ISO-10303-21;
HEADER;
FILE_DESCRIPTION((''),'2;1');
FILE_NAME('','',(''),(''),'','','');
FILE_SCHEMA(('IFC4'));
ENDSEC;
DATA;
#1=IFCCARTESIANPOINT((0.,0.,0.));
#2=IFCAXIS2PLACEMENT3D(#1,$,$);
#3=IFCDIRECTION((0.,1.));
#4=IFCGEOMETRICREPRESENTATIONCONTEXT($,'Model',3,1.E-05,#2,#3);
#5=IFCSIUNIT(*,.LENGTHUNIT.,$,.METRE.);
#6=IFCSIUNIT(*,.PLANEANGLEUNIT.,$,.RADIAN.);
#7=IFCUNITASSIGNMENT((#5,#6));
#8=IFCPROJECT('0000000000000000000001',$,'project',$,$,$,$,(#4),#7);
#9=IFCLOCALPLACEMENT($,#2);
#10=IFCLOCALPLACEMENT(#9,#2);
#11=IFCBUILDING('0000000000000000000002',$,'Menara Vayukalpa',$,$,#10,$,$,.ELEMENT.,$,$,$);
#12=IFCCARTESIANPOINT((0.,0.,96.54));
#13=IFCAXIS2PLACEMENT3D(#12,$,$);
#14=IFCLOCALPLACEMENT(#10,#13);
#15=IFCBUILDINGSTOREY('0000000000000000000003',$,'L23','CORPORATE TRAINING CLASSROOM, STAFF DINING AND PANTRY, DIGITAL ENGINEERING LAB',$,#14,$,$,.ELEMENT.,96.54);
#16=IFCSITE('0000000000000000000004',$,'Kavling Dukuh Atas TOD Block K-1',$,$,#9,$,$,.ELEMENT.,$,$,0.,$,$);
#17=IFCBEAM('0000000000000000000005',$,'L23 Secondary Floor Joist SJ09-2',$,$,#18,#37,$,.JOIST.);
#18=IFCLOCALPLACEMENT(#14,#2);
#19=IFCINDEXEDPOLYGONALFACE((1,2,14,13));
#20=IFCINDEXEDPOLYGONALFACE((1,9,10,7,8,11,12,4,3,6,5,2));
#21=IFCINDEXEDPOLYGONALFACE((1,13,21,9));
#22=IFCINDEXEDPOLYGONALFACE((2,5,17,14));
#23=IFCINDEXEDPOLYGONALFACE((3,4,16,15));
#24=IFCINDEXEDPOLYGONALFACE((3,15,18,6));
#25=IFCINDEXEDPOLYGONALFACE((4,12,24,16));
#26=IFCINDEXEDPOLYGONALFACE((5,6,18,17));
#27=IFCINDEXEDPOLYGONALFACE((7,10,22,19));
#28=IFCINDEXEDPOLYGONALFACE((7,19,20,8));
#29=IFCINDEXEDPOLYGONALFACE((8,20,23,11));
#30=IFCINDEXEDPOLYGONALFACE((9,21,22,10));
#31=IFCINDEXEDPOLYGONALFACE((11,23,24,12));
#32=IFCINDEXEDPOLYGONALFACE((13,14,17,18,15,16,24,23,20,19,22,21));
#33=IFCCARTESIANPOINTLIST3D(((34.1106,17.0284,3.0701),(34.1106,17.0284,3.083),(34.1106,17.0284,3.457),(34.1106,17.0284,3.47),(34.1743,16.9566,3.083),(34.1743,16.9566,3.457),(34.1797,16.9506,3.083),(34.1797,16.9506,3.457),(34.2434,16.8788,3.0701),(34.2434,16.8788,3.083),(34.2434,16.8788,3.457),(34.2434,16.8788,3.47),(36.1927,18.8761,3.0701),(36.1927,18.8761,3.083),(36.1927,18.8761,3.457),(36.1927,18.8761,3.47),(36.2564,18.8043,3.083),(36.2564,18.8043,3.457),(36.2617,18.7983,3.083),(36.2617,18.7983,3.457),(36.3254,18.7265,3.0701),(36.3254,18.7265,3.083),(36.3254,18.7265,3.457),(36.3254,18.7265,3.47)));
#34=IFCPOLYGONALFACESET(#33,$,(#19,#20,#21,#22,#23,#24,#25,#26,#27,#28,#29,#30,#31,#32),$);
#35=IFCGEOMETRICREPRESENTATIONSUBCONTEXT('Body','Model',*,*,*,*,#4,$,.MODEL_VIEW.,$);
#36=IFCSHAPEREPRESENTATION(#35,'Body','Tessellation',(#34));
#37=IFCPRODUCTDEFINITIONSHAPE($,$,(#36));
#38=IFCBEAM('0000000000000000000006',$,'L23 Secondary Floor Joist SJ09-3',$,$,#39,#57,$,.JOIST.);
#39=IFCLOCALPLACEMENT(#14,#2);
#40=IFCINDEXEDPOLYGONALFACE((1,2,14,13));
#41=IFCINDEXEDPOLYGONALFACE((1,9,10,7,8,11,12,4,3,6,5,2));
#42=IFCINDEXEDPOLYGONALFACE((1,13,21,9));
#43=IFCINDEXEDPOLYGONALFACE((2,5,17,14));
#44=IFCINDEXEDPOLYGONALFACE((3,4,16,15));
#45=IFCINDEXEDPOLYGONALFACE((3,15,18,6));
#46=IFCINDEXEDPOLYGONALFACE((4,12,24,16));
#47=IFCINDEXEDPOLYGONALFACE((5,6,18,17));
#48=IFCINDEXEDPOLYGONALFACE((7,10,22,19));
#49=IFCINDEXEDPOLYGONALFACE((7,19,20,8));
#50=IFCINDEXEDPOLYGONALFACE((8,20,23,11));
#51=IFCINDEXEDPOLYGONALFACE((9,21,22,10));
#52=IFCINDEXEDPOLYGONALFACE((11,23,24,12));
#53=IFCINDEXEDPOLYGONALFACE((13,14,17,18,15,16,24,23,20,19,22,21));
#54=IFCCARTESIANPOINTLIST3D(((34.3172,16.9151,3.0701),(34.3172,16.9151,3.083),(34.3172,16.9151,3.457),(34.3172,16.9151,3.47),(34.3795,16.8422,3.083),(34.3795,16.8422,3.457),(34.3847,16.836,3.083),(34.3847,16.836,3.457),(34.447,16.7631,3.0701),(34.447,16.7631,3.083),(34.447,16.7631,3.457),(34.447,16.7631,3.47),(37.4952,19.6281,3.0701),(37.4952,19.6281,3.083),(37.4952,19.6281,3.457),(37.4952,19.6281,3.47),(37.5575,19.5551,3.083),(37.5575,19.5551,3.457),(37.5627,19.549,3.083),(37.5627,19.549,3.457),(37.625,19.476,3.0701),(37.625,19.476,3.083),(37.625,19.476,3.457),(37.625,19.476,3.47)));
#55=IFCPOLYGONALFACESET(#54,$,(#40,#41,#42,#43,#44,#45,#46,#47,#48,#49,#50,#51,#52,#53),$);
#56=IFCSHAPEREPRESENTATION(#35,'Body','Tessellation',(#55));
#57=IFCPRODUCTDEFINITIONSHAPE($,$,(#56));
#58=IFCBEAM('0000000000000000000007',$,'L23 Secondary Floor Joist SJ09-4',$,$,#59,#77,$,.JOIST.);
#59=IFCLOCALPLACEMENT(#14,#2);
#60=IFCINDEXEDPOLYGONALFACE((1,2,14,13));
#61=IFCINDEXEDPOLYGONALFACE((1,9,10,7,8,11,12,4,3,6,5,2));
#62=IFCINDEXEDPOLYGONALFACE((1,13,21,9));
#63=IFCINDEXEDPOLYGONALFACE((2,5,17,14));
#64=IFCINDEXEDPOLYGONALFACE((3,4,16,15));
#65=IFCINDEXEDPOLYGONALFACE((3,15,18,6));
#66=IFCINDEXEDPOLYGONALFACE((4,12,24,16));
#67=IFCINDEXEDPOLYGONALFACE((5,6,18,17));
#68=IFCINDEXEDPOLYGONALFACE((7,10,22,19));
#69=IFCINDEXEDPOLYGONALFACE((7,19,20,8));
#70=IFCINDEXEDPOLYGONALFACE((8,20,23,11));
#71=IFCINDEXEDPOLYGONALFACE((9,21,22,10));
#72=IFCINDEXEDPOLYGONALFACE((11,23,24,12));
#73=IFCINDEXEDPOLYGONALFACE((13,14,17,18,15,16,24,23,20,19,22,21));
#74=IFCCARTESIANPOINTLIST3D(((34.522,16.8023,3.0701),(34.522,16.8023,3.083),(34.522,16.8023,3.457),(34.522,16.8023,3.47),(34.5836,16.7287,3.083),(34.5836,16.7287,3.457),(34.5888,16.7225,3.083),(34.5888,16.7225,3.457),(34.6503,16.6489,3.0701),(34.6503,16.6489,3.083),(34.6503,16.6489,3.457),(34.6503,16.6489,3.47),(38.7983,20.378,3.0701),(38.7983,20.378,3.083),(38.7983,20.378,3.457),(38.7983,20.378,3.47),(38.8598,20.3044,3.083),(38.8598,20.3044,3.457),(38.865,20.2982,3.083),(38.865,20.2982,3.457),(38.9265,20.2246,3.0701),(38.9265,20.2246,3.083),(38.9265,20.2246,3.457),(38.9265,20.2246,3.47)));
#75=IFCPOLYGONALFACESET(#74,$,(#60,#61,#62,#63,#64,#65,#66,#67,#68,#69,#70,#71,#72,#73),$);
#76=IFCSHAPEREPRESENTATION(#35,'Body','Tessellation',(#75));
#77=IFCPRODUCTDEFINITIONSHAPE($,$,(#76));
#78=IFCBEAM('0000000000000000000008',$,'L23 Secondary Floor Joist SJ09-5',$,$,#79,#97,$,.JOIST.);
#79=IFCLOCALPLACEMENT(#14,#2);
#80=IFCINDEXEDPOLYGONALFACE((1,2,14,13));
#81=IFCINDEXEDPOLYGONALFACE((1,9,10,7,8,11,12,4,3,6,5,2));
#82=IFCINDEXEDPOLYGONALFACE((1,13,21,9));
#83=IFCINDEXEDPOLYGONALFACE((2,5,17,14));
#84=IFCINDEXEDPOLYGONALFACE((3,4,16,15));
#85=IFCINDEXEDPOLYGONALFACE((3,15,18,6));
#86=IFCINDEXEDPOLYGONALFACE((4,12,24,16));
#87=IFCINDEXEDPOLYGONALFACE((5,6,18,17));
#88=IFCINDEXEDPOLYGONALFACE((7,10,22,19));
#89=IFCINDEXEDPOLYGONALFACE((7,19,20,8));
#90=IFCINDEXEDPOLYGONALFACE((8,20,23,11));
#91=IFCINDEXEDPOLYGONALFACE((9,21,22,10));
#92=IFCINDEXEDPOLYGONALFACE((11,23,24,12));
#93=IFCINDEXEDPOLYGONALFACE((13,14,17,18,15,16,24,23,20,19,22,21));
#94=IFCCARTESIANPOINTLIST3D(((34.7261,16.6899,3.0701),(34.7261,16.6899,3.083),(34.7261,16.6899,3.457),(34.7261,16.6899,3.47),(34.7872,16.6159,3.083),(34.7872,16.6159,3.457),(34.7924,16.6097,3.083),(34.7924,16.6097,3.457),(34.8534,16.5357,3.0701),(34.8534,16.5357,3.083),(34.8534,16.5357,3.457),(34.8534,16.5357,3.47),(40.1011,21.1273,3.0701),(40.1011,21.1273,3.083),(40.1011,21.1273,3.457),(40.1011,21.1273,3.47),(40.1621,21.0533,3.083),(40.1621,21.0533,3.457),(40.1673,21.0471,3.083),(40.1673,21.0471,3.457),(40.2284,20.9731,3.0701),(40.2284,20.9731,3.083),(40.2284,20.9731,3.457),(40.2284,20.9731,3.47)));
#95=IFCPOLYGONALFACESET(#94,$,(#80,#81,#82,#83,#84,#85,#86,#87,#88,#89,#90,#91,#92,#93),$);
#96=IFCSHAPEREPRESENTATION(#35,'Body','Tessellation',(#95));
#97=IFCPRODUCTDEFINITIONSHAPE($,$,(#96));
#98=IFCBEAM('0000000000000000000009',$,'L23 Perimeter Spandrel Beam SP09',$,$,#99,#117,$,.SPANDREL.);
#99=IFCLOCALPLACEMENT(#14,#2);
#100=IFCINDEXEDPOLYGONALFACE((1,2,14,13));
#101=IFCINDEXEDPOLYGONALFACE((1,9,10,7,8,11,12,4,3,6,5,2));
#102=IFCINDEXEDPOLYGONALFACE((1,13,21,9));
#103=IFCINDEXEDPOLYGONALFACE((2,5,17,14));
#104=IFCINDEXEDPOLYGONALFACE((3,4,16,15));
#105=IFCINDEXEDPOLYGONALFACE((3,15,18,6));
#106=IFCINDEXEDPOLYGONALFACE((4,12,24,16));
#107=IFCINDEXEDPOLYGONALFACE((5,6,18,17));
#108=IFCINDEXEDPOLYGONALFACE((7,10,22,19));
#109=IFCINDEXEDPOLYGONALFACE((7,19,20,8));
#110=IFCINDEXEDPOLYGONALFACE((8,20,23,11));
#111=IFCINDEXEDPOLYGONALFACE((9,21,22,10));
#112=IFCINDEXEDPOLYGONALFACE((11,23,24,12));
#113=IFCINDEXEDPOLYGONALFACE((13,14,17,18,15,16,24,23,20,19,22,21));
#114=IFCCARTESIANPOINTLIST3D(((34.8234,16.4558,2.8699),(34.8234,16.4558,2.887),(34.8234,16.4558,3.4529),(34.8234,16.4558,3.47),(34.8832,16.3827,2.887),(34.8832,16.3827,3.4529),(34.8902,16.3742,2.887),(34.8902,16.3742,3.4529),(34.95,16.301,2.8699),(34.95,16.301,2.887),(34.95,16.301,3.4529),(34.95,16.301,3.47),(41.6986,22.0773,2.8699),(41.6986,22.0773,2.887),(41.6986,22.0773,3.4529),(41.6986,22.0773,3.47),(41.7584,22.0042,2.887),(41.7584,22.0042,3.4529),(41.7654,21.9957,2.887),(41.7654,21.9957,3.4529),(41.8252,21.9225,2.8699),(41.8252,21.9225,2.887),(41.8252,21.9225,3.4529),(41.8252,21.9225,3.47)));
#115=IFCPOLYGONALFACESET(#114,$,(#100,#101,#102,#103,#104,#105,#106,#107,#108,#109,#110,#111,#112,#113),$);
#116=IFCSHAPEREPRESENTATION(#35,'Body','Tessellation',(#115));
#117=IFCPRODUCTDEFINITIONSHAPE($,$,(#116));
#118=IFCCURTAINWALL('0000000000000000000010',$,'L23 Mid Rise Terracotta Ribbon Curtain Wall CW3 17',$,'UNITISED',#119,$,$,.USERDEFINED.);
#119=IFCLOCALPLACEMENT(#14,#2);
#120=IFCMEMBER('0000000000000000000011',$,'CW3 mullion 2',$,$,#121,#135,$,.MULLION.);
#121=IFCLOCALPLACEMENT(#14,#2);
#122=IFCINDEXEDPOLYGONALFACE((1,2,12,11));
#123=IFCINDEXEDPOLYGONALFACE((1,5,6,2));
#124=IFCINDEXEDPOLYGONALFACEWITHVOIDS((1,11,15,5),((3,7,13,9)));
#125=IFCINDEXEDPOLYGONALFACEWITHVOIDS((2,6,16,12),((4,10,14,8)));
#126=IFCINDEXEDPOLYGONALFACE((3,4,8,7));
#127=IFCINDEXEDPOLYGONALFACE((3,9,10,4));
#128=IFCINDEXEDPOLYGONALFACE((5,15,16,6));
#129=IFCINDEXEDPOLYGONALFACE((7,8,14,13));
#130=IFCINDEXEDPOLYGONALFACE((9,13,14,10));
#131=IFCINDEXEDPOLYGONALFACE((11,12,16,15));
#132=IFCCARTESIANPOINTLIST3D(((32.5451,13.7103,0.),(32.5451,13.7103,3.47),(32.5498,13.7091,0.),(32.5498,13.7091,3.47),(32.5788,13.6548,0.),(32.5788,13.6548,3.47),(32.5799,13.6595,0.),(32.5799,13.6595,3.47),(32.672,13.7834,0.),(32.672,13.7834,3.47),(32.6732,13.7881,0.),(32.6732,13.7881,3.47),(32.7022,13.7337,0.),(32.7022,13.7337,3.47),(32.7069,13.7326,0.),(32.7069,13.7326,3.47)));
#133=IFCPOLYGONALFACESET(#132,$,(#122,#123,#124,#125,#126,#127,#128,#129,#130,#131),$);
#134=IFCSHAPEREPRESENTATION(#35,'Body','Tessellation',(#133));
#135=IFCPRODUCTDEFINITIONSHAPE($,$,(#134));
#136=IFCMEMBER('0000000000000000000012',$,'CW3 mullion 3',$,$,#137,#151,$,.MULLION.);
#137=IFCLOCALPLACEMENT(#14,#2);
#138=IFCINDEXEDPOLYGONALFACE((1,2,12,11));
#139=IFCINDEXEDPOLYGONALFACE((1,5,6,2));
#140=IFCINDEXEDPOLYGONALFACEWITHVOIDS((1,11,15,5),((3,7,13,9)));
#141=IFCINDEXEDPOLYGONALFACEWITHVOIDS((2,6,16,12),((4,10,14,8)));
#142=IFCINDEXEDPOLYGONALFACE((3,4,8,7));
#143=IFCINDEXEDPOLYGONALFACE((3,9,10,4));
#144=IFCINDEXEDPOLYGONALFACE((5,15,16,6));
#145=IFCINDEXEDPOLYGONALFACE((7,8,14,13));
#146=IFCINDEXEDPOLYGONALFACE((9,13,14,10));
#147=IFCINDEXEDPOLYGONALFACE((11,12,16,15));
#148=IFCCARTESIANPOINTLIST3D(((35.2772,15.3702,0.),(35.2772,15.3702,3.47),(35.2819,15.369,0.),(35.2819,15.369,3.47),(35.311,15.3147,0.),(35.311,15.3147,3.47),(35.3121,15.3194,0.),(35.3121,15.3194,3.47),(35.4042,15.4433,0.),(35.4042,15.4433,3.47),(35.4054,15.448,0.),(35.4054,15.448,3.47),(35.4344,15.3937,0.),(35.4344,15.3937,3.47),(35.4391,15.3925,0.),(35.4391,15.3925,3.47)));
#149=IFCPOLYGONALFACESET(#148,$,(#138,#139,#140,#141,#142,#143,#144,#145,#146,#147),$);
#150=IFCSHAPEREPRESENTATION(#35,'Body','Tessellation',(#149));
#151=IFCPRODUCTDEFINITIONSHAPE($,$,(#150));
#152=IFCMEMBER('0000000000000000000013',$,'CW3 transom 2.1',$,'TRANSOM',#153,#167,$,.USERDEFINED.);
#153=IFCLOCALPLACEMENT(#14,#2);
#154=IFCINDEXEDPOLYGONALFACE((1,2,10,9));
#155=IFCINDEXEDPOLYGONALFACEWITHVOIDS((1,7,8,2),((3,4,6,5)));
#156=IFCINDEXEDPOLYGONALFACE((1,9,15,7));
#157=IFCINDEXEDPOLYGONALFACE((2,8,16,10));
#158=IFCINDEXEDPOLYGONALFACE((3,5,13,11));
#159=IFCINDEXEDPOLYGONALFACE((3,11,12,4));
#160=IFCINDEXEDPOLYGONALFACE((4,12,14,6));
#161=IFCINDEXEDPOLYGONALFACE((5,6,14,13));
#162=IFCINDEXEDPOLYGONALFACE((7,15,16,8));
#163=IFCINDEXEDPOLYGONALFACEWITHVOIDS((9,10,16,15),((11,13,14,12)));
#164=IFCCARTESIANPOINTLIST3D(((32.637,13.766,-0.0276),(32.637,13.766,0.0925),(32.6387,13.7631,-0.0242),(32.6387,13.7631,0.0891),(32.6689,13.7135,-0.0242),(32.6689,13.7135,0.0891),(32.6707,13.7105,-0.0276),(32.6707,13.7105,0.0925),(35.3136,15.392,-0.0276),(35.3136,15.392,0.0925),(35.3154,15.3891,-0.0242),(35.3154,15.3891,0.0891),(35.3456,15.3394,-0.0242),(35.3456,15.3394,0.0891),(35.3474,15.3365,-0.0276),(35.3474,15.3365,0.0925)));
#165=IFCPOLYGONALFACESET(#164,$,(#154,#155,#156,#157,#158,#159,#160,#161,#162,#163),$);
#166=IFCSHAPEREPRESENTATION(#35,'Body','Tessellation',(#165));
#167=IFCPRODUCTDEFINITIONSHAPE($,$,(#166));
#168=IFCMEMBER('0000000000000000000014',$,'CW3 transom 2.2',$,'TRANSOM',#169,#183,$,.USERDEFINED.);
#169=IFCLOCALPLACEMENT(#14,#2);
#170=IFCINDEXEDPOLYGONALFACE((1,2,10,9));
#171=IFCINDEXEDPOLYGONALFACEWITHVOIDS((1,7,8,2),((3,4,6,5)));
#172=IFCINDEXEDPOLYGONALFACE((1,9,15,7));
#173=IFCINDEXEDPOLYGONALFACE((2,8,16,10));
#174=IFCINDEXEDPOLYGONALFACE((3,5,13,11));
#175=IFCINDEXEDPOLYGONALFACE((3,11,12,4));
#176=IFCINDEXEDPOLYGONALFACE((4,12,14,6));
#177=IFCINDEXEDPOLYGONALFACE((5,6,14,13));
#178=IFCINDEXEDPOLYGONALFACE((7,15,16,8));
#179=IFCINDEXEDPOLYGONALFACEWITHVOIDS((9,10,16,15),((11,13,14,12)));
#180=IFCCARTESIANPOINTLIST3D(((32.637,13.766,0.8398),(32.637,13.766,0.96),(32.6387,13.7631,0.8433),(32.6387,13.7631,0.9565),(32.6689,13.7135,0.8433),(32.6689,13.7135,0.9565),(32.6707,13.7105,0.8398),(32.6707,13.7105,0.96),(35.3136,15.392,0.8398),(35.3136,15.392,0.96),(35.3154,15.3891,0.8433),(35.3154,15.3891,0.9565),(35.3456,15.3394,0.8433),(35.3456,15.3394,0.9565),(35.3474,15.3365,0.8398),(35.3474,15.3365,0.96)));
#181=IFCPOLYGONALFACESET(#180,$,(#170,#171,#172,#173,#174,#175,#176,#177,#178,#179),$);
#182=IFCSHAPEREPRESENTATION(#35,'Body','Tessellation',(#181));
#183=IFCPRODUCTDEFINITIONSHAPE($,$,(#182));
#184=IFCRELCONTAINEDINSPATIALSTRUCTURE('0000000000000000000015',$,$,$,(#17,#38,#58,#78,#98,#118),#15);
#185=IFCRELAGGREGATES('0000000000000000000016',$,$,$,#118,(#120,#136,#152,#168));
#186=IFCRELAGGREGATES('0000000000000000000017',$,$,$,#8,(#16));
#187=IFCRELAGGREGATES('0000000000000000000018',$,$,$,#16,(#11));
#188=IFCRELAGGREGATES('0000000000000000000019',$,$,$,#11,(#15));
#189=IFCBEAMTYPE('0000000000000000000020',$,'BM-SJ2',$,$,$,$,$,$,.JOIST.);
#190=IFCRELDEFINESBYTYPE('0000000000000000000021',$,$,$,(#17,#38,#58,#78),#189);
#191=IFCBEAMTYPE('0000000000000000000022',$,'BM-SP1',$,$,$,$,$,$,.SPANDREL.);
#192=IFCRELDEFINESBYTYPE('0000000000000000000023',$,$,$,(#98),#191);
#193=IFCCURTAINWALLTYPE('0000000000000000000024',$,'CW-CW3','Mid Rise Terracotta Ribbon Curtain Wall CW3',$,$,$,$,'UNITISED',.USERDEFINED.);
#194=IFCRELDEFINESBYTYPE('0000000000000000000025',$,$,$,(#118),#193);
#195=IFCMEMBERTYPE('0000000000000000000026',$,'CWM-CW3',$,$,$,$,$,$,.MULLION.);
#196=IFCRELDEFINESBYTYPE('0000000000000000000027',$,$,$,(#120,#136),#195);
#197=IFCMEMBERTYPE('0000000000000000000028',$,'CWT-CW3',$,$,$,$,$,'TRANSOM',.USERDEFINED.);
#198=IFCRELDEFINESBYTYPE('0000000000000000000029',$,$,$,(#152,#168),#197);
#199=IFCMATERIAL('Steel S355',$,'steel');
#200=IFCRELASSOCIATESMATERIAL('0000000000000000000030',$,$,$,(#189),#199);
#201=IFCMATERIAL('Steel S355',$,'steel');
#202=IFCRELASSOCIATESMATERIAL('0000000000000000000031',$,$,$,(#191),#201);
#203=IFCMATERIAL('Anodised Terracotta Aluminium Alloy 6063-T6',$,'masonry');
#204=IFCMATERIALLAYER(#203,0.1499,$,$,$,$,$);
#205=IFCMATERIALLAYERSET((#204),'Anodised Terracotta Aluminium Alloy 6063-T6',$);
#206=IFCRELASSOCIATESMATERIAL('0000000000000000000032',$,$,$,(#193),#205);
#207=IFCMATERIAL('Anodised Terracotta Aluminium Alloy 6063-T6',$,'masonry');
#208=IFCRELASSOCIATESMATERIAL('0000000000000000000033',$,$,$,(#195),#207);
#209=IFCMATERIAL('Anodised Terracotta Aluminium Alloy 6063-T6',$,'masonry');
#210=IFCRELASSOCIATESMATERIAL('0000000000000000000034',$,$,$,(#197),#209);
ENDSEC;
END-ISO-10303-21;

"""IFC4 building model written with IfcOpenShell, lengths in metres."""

from ifc_helpers import new_model, si_unit, direction, frame, origin, origin_2d, place, context, subcontext, project, spatial, hollow_rectangle, i_section, extrude, material, layer, layer_set, material_profile, profile_set, type_object, element, aggregate, save


model = new_model("IFC4")

# Units and contexts
model_context = context("Model", 3, precision=1e-05, world=origin(), true_north=direction((0.0, 1.0)))
body_context = subcontext(model_context, "Body", "Model", "MODEL_VIEW")
ifc_project = project(units=[si_unit("LENGTHUNIT", "METRE"), si_unit("PLANEANGLEUNIT", "RADIAN")], contexts=[model_context])

# Site, building, storey
site_placement = place(None, origin())
site = spatial("IfcSite", under=ifc_project, at=site_placement, Name="Kavling Dukuh Atas TOD Block K-1", CompositionType="ELEMENT", RefElevation=0.0)
building_placement = place(site_placement, origin())
building = spatial("IfcBuilding", under=site, at=building_placement, Name="Menara Vayukalpa", CompositionType="ELEMENT")
storey_placement = place(building_placement, frame((0.0, 0.0, 96.54)))
storey = spatial("IfcBuildingStorey", under=building, at=storey_placement, Name="L23", Description="CORPORATE TRAINING CLASSROOM, STAFF DINING AND PANTRY, DIGITAL ENGINEERING LAB", CompositionType="ELEMENT", Elevation=96.54)

# Beams
ifc_material_1 = material(Name="Steel S355", Category="steel")
ifc_material_profile_1 = material_profile(ifc_material_1, i_section(OverallWidth=0.2, OverallDepth=0.3999, WebThickness=0.0081, FlangeThickness=0.0129, at=origin_2d()), Name="WF 400x200x8x13")
ifc_profile_set_1 = profile_set([ifc_material_profile_1], Name="Steel S355")
beam_type_1 = type_object("IfcBeamType", Name="BM-SJ2", PredefinedType="JOIST", material=ifc_profile_set_1)
beam_1_placement = place(storey_placement, frame((34.177, 16.9536, 3.27), z_axis=(0.747951, 0.663754, 0.0), x_axis=(-0.663754, 0.747951, 0.0)))
element("IfcBeam", 1, at=beam_1_placement, inside=storey, type_object=beam_type_1, Name="L23 Secondary Floor Joist SJ09-2", PredefinedType="JOIST", context=body_context, shape_type="SweptSolid", body=[
    extrude(i_section(OverallWidth=0.2, OverallDepth=0.3999, WebThickness=0.0081, FlangeThickness=0.0129, at=origin_2d()), origin(), (0.0, 0.0, 1.0), 2.7837),
])
beam_2_placement = place(storey_placement, frame((34.3821, 16.8391, 3.27), z_axis=(0.760567, 0.64926, 0.0), x_axis=(-0.64926, 0.760567, 0.0)))
element("IfcBeam", 2, at=beam_2_placement, inside=storey, type_object=beam_type_1, Name="L23 Secondary Floor Joist SJ09-3", PredefinedType="JOIST", context=body_context, shape_type="SweptSolid", body=[
    extrude(i_section(OverallWidth=0.2, OverallDepth=0.3999, WebThickness=0.0081, FlangeThickness=0.0129, at=origin_2d()), origin(), (0.0, 0.0, 1.0), 4.1785),
])
beam_3_placement = place(storey_placement, frame((34.5862, 16.7256, 3.27), z_axis=(0.76714, 0.64148, 0.0), x_axis=(-0.64148, 0.76714, 0.0)))
element("IfcBeam", 3, at=beam_3_placement, inside=storey, type_object=beam_type_1, Name="L23 Secondary Floor Joist SJ09-4", PredefinedType="JOIST", context=body_context, shape_type="SweptSolid", body=[
    extrude(i_section(OverallWidth=0.2, OverallDepth=0.3999, WebThickness=0.0081, FlangeThickness=0.0129, at=origin_2d()), origin(), (0.0, 0.0, 1.0), 5.5742),
])
beam_4_placement = place(storey_placement, frame((34.7898, 16.6128, 3.27), z_axis=(0.771153, 0.63665, 0.0), x_axis=(-0.63665, 0.771153, 0.0)))
element("IfcBeam", 4, at=beam_4_placement, inside=storey, type_object=beam_type_1, Name="L23 Secondary Floor Joist SJ09-5", PredefinedType="JOIST", context=body_context, shape_type="SweptSolid", body=[
    extrude(i_section(OverallWidth=0.2, OverallDepth=0.3999, WebThickness=0.0081, FlangeThickness=0.0129, at=origin_2d()), origin(), (0.0, 0.0, 1.0), 6.97),
])
ifc_material_2 = material(Name="Steel S355", Category="steel")
ifc_material_profile_2 = material_profile(ifc_material_2, i_section(OverallWidth=0.2, OverallDepth=0.6001, WebThickness=0.011, FlangeThickness=0.0171, at=origin_2d()), Name="WF 600x200x11x17")
ifc_profile_set_2 = profile_set([ifc_material_profile_2], Name="Steel S355")
beam_type_2 = type_object("IfcBeamType", Name="BM-SP1", PredefinedType="SPANDREL", material=ifc_profile_set_2)
beam_5_placement = place(storey_placement, frame((34.8867, 16.3784, 3.1699), z_axis=(0.774157, 0.632994, 0.0), x_axis=(-0.632994, 0.774157, 0.0)))
element("IfcBeam", 5, at=beam_5_placement, inside=storey, type_object=beam_type_2, Name="L23 Perimeter Spandrel Beam SP09", PredefinedType="SPANDREL", context=body_context, shape_type="SweptSolid", body=[
    extrude(i_section(OverallWidth=0.2, OverallDepth=0.6001, WebThickness=0.011, FlangeThickness=0.0171, at=origin_2d()), origin(), (0.0, 0.0, 1.0), 8.8809),
])

# Curtain wall, members
ifc_material_3 = material(Name="Anodised Terracotta Aluminium Alloy 6063-T6", Category="masonry")
ifc_layer_1 = layer(ifc_material_3, 0.1499)
ifc_layer_set_1 = layer_set([ifc_layer_1], Name="Anodised Terracotta Aluminium Alloy 6063-T6")
curtain_wall_type = type_object("IfcCurtainWallType", Name="CW-CW3", Description="Mid Rise Terracotta Ribbon Curtain Wall CW3", ElementType="UNITISED", PredefinedType="USERDEFINED", material=ifc_layer_set_1)
curtain_wall_placement = place(storey_placement, origin())
curtain_wall = element("IfcCurtainWall", 6, at=curtain_wall_placement, inside=storey, type_object=curtain_wall_type, Name="L23 Mid Rise Terracotta Ribbon Curtain Wall CW3 17", ObjectType="UNITISED", PredefinedType="USERDEFINED")
ifc_material_4 = material(Name="Anodised Terracotta Aluminium Alloy 6063-T6", Category="masonry")
ifc_material_profile_3 = material_profile(ifc_material_4, hollow_rectangle(XDim=0.0649, YDim=0.1499, WallThickness=0.0034, at=origin_2d()), Name="ALU 65x150x3.5")
ifc_profile_set_3 = profile_set([ifc_material_profile_3], Name="Anodised Terracotta Aluminium Alloy 6063-T6")
member_type_1 = type_object("IfcMemberType", Name="CWM-CW3", PredefinedType="MULLION", material=ifc_profile_set_3)
member_1_placement = place(storey_placement, frame((32.626, 13.7214, 0.0), z_axis=(0.0, 0.0, 1.0), x_axis=(-0.519183, 0.854663, 0.0)))
member_1 = element("IfcMember", 7, at=member_1_placement, type_object=member_type_1, Name="CW3 mullion 2", PredefinedType="MULLION", context=body_context, shape_type="SweptSolid", body=[
    extrude(hollow_rectangle(XDim=0.0649, YDim=0.1499, WallThickness=0.0034, at=origin_2d()), origin(), (0.0, 0.0, 1.0), 3.47),
])
member_2_placement = place(storey_placement, frame((35.3582, 15.3813, 0.0), z_axis=(0.0, 0.0, 1.0), x_axis=(-0.519183, 0.854663, 0.0)))
member_2 = element("IfcMember", 8, at=member_2_placement, type_object=member_type_1, Name="CW3 mullion 3", PredefinedType="MULLION", context=body_context, shape_type="SweptSolid", body=[
    extrude(hollow_rectangle(XDim=0.0649, YDim=0.1499, WallThickness=0.0034, at=origin_2d()), origin(), (0.0, 0.0, 1.0), 3.47),
])
ifc_material_5 = material(Name="Anodised Terracotta Aluminium Alloy 6063-T6", Category="masonry")
ifc_material_profile_4 = material_profile(ifc_material_5, hollow_rectangle(XDim=0.0649, YDim=0.1201, WallThickness=0.0034, at=origin_2d()), Name="ALU 65x120x3.5")
ifc_profile_set_4 = profile_set([ifc_material_profile_4], Name="Anodised Terracotta Aluminium Alloy 6063-T6")
member_type_2 = type_object("IfcMemberType", Name="CWT-CW3", ElementType="TRANSOM", PredefinedType="USERDEFINED", material=ifc_profile_set_4)
member_3_placement = place(storey_placement, frame((32.6538, 13.7383, 0.0325), z_axis=(0.854674, 0.519165, 0.0), x_axis=(-0.519165, 0.854674, 0.0)))
member_3 = element("IfcMember", 9, at=member_3_placement, type_object=member_type_2, Name="CW3 transom 2.1", ObjectType="TRANSOM", PredefinedType="USERDEFINED", context=body_context, shape_type="SweptSolid", body=[
    extrude(hollow_rectangle(XDim=0.0649, YDim=0.1201, WallThickness=0.0034, at=origin_2d()), origin(), (0.0, 0.0, 1.0), 3.1318),
])
member_4_placement = place(storey_placement, frame((32.6538, 13.7383, 0.8999), z_axis=(0.854674, 0.519165, 0.0), x_axis=(-0.519165, 0.854674, 0.0)))
member_4 = element("IfcMember", 10, at=member_4_placement, type_object=member_type_2, Name="CW3 transom 2.2", ObjectType="TRANSOM", PredefinedType="USERDEFINED", context=body_context, shape_type="SweptSolid", body=[
    extrude(hollow_rectangle(XDim=0.0649, YDim=0.1201, WallThickness=0.0034, at=origin_2d()), origin(), (0.0, 0.0, 1.0), 3.1318),
])
aggregate(curtain_wall, [member_1, member_2, member_3, member_4])

save(model, "model.ifc")
